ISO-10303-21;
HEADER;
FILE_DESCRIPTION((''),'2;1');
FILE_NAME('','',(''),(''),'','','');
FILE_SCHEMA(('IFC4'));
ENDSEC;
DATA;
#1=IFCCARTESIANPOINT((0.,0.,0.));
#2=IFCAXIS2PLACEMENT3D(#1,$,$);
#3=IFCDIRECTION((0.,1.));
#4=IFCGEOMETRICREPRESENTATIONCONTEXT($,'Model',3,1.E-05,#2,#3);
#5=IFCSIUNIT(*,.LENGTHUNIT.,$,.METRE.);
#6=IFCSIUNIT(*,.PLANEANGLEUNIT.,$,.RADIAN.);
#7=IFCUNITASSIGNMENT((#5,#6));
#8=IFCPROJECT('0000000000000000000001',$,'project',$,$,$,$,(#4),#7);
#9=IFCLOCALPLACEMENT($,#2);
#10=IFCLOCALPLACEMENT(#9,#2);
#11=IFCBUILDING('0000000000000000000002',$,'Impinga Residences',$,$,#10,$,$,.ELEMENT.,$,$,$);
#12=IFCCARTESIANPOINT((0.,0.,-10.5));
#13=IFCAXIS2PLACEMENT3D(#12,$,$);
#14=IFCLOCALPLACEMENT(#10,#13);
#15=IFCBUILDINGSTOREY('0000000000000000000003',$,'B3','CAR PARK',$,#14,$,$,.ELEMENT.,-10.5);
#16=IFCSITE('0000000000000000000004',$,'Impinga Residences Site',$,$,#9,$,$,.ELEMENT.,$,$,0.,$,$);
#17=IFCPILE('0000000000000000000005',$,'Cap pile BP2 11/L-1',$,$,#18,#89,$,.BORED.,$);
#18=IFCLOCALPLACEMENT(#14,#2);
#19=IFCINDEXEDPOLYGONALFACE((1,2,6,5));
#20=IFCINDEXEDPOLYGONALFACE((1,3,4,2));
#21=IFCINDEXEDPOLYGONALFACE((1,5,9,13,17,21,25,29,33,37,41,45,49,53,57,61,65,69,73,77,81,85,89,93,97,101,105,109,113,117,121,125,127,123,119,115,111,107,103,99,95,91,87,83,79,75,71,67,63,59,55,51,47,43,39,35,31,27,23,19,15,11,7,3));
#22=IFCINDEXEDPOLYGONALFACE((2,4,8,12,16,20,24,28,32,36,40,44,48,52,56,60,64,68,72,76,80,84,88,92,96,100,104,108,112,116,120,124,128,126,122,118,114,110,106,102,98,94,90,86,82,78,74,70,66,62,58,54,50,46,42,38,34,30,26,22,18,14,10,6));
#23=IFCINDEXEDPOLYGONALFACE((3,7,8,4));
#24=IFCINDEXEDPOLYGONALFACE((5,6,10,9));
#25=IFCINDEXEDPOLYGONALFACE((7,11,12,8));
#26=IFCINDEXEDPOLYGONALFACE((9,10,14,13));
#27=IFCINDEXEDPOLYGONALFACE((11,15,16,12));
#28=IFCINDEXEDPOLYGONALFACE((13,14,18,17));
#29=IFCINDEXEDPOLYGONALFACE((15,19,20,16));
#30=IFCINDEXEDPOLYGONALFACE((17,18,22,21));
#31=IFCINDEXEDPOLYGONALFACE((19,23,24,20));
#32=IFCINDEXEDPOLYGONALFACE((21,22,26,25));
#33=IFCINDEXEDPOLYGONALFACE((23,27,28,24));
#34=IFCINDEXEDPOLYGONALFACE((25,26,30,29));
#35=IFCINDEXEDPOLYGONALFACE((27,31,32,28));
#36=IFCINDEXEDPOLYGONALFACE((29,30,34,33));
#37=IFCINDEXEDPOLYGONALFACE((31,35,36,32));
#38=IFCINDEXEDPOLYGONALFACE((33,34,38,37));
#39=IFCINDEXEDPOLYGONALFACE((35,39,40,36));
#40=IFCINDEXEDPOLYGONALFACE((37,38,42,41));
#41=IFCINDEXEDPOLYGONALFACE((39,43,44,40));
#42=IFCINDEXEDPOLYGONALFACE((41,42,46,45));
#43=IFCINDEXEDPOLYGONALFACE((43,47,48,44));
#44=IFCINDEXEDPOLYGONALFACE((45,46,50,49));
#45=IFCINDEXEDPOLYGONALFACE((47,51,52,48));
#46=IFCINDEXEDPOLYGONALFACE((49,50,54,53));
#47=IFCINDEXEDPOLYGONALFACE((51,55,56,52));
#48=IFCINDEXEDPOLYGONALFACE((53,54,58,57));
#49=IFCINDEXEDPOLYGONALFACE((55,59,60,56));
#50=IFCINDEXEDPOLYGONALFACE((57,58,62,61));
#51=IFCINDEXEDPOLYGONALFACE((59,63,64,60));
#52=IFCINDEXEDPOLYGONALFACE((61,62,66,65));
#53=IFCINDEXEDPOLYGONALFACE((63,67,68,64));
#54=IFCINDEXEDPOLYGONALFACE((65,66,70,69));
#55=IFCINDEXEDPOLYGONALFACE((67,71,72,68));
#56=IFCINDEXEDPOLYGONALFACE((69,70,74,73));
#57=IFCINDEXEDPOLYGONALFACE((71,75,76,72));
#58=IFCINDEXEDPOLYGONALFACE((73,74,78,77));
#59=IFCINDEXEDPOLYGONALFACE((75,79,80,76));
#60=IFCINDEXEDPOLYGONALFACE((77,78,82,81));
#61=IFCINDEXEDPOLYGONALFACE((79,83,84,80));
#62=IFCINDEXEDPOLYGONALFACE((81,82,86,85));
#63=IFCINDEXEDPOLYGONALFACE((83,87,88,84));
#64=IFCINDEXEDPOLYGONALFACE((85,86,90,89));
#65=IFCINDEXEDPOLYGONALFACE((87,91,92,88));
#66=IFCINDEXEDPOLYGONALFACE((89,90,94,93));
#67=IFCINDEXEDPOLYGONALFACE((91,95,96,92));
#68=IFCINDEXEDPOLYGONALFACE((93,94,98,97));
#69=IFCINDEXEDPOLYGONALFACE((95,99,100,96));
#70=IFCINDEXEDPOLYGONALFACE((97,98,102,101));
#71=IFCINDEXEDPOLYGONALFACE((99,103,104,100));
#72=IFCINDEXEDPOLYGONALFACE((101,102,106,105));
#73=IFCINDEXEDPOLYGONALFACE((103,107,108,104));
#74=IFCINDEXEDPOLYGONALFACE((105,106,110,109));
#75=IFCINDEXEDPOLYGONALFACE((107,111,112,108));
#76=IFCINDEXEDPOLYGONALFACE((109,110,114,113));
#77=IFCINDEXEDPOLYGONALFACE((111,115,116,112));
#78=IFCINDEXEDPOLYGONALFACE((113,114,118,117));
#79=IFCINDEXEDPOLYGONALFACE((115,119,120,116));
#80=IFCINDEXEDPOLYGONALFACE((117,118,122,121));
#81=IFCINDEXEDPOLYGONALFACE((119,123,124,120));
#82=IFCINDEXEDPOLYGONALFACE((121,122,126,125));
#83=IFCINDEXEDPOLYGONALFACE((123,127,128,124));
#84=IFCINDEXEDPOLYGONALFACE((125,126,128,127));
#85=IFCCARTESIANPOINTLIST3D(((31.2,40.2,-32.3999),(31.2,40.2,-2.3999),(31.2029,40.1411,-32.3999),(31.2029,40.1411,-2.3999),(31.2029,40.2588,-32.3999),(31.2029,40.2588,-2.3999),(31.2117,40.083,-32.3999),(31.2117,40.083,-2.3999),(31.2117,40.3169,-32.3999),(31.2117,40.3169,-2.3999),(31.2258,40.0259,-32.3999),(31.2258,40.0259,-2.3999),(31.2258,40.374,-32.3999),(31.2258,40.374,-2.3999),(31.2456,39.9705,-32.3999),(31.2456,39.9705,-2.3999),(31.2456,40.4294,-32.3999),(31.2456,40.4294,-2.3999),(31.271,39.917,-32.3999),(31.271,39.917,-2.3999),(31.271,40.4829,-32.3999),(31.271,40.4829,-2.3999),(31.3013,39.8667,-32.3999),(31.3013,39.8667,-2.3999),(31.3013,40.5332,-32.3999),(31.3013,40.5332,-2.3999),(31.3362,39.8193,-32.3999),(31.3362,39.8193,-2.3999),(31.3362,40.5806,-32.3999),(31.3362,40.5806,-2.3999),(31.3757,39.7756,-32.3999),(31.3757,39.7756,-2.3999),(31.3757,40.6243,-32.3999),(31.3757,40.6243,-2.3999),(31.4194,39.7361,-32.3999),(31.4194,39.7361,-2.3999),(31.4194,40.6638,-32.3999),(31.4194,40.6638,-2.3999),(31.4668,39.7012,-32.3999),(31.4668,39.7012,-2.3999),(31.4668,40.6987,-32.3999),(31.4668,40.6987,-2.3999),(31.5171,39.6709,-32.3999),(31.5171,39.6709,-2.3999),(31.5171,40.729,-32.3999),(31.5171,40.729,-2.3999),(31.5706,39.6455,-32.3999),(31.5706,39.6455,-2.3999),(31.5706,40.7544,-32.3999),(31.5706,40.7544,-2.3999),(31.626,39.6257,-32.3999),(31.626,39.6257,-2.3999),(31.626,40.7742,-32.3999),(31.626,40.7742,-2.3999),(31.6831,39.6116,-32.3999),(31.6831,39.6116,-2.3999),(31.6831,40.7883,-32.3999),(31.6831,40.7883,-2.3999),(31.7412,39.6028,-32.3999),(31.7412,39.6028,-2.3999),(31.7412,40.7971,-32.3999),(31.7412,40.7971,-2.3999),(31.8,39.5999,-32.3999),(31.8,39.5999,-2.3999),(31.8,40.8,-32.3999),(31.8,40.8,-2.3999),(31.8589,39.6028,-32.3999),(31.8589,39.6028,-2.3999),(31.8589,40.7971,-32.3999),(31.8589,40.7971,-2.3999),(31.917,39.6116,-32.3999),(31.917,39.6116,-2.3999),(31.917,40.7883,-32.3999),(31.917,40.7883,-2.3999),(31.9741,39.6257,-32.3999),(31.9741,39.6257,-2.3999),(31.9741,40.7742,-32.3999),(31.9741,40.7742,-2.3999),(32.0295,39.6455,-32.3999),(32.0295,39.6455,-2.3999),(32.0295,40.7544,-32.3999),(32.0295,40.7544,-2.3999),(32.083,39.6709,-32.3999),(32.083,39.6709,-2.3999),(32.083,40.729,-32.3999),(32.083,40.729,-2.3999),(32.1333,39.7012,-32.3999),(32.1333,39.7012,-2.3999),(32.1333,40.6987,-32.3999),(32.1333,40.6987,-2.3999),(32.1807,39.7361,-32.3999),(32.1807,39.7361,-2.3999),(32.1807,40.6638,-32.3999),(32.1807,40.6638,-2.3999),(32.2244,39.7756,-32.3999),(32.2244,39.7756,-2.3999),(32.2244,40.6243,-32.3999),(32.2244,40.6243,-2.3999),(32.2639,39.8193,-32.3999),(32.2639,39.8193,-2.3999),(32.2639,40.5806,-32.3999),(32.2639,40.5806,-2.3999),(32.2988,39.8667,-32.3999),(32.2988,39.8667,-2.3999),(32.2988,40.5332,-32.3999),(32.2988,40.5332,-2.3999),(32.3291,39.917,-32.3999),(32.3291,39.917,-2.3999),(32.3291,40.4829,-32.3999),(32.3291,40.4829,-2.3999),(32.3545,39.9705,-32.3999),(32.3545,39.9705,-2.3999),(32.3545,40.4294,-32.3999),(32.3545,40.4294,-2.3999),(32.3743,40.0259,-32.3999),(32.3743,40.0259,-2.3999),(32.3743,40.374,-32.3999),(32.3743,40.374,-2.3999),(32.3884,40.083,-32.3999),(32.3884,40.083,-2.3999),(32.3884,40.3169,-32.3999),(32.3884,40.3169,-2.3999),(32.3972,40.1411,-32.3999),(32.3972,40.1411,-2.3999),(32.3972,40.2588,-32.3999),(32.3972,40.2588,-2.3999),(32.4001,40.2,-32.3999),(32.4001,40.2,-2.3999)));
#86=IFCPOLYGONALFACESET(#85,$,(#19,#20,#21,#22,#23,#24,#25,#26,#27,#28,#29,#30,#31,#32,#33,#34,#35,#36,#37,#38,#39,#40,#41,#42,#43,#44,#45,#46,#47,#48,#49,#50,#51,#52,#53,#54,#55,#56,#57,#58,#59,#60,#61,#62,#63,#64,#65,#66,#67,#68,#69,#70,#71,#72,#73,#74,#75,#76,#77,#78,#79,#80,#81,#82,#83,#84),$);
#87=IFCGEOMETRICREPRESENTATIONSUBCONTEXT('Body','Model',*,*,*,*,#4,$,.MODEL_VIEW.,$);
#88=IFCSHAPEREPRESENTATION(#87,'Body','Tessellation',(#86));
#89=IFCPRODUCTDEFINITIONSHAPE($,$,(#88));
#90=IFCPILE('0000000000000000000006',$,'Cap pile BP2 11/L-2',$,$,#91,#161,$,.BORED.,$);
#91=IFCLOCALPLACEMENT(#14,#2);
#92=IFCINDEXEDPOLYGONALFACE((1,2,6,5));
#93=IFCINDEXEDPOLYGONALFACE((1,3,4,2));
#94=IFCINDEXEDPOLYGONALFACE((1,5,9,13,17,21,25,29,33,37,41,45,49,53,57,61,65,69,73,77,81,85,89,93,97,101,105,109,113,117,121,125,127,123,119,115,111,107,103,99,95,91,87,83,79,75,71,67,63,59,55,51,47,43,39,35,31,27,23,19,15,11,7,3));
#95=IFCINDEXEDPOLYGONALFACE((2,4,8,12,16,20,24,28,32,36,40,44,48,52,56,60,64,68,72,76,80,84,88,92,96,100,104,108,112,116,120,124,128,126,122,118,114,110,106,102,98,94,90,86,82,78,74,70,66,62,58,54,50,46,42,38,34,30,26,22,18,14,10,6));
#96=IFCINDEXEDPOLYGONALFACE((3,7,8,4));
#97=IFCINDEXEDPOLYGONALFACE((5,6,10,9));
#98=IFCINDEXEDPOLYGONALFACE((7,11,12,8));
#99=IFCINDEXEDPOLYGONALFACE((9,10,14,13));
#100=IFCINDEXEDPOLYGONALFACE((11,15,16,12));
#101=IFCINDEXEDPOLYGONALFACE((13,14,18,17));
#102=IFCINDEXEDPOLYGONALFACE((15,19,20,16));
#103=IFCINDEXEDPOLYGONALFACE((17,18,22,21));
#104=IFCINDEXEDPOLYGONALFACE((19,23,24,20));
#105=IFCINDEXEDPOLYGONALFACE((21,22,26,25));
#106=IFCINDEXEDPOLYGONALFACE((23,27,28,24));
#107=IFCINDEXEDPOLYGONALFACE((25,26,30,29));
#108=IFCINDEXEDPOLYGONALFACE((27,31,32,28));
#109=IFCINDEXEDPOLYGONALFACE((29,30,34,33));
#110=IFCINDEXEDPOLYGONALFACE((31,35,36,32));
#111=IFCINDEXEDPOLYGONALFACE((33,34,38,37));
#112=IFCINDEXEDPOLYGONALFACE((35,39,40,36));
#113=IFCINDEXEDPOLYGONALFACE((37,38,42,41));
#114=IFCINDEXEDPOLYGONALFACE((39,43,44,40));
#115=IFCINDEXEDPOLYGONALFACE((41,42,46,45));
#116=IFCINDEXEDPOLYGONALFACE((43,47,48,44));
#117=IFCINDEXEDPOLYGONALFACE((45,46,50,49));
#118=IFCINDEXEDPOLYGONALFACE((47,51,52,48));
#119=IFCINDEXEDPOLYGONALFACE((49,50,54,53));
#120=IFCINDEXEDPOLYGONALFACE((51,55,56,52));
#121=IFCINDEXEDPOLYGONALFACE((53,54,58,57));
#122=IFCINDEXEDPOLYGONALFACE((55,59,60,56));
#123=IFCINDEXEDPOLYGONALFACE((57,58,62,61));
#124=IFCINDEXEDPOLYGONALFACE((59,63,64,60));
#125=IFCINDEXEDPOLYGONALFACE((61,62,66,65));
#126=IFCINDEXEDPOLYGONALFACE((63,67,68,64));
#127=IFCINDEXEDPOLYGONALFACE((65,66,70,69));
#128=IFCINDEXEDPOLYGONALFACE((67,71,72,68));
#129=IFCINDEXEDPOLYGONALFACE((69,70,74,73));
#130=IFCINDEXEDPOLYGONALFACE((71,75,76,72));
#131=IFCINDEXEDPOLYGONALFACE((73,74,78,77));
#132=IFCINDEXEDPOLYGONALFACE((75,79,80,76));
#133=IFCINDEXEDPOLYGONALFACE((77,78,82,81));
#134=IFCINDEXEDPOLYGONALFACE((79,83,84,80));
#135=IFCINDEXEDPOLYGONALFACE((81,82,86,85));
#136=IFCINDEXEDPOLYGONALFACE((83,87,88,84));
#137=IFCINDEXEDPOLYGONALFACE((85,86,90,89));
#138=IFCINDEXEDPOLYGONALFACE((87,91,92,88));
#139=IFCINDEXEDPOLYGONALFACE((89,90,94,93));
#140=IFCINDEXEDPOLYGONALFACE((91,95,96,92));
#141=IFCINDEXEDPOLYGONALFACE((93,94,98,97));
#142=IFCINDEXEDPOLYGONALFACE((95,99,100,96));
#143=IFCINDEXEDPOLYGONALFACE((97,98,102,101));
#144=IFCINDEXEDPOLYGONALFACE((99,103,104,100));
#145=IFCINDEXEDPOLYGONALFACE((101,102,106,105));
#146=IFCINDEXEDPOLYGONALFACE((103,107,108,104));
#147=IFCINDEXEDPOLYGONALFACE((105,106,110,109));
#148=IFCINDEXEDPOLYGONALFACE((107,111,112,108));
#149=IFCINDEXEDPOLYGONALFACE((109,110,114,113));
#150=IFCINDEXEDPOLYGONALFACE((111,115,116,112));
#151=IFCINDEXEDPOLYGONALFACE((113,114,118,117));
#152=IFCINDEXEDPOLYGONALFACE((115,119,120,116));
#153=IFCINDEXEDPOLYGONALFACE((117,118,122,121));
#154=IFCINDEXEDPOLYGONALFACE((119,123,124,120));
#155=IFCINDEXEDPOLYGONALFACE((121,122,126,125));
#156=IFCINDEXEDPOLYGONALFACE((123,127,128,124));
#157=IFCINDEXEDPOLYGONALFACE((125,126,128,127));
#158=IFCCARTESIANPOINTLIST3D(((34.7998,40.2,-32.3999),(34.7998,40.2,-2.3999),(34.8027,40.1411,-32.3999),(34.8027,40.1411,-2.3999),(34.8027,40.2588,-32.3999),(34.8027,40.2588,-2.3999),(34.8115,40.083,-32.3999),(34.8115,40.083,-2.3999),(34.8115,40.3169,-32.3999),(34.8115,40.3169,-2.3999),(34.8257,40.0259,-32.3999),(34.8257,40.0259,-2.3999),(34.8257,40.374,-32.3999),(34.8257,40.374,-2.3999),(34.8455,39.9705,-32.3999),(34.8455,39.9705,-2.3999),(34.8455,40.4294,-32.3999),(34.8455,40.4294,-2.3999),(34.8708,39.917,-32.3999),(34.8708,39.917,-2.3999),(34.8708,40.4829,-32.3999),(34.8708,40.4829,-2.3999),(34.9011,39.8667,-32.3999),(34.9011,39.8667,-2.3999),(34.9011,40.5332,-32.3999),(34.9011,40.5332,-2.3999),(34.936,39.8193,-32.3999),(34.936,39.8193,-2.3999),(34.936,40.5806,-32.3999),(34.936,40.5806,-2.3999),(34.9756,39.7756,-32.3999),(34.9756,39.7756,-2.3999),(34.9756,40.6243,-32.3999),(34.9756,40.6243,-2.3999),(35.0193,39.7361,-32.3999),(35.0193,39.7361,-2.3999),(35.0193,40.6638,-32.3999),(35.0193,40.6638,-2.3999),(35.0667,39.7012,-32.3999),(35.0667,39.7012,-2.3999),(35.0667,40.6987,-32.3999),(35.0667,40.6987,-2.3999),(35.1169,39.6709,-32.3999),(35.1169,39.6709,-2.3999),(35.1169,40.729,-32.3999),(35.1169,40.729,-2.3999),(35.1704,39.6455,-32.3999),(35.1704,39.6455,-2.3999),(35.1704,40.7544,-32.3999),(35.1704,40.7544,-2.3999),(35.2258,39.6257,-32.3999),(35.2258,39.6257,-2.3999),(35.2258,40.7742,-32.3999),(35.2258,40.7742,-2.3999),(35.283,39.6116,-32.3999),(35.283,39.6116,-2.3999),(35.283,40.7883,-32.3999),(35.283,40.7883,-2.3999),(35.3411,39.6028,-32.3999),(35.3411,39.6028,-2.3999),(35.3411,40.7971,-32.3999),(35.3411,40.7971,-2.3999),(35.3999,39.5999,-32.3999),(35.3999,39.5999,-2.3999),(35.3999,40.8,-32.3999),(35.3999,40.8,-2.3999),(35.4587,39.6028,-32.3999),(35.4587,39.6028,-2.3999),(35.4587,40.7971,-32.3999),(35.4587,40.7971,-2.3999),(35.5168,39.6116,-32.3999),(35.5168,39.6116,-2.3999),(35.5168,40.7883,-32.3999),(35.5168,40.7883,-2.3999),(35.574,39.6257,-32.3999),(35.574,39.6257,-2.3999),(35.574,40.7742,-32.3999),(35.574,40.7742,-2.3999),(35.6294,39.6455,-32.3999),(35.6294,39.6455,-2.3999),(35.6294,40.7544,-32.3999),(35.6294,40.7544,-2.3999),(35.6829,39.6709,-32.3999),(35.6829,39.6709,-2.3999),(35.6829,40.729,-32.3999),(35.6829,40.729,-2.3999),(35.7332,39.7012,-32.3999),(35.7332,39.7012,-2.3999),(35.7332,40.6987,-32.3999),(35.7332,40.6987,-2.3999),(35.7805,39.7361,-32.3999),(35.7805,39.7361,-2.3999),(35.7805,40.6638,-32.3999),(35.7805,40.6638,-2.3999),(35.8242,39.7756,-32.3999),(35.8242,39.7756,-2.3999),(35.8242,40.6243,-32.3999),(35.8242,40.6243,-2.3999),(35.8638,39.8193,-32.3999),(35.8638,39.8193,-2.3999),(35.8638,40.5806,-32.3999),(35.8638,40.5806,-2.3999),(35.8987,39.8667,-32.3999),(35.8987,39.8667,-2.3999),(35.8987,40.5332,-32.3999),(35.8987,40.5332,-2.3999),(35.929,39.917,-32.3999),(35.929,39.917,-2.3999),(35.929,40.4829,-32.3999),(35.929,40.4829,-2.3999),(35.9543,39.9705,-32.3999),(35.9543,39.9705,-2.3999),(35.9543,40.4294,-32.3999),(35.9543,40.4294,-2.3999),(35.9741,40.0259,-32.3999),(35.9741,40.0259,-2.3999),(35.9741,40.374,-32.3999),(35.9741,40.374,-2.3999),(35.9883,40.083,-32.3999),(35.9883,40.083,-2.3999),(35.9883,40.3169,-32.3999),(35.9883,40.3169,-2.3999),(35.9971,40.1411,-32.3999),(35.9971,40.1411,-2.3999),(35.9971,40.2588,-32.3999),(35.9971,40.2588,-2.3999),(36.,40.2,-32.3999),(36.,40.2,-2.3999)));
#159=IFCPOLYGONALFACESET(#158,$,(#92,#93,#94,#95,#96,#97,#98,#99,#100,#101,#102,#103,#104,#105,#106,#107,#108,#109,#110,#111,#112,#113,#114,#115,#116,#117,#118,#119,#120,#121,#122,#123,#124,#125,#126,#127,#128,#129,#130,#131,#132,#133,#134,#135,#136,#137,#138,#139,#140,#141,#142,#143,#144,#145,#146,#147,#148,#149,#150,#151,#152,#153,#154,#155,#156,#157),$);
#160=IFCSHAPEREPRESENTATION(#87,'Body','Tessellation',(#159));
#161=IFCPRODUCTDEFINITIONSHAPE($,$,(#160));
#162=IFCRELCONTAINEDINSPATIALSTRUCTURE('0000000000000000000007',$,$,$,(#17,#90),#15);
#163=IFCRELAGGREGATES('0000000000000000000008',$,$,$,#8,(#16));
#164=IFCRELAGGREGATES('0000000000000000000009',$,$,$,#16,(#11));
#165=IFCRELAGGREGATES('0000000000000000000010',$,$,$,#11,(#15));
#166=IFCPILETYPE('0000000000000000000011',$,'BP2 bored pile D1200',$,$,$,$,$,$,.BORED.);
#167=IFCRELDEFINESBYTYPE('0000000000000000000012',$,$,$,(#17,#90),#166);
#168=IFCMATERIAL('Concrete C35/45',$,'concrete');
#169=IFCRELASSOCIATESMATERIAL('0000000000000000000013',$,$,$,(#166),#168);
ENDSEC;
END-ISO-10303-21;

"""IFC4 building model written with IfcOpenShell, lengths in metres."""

from ifc_helpers import new_model, si_unit, direction, frame, origin, origin_2d, place, context, subcontext, project, spatial, polyline, circle, outline, extrude, material, material_profile, profile_set, type_object, element, save


model = new_model("IFC4")

# Units and contexts
model_context = context("Model", 3, precision=1e-05, world=origin(), true_north=direction((0.0, 1.0)))
body_context = subcontext(model_context, "Body", "Model", "MODEL_VIEW")
ifc_project = project(units=[si_unit("LENGTHUNIT", "METRE"), si_unit("PLANEANGLEUNIT", "RADIAN")], contexts=[model_context])

# Site, building, storey
site_placement = place(None, origin())
site = spatial("IfcSite", under=ifc_project, at=site_placement, Name="Impinga Residences Site", CompositionType="ELEMENT", RefElevation=0.0)
building_placement = place(site_placement, origin())
building = spatial("IfcBuilding", under=site, at=building_placement, Name="Impinga Residences", CompositionType="ELEMENT")
storey_placement = place(building_placement, frame((0.0, 0.0, -10.5)))
storey = spatial("IfcBuildingStorey", under=building, at=storey_placement, Name="B3", Description="CAR PARK", CompositionType="ELEMENT", Elevation=-10.5)

# Piles
ifc_material_1 = material(Name="Concrete C35/45", Category="concrete")
ifc_material_profile_1 = material_profile(ifc_material_1, circle(Radius=0.6001, at=origin_2d()), Name="D1200")
ifc_profile_set_1 = profile_set([ifc_material_profile_1], Name="Concrete C35/45")
pile_type = type_object("IfcPileType", Name="BP2 bored pile D1200", PredefinedType="BORED", material=ifc_profile_set_1)
pile_1_placement = place(storey_placement, frame((31.8, 40.2, -2.3999), z_axis=(0.0, 0.0, -1.0), x_axis=(1.0, 0.0, 0.0)))
element("IfcPile", 1, at=pile_1_placement, inside=storey, type_object=pile_type, Name="Cap pile BP2 11/L-1", PredefinedType="BORED", context=body_context, shape_type="SweptSolid", body=[
    extrude(outline(polyline([(0.6001, 0.0), (0.5972, 0.0588), (0.5884, 0.1169), (0.5742, 0.1741), (0.5544, 0.2295), (0.5291, 0.283), (0.4988, 0.3333), (0.4639, 0.3806), (0.4243, 0.4243), (0.3806, 0.4639), (0.3333, 0.4988), (0.283, 0.5291), (0.2295, 0.5544), (0.1741, 0.5742), (0.1169, 0.5884), (0.0588, 0.5972), (0.0, 0.6001), (-0.0588, 0.5972), (-0.1169, 0.5884), (-0.1741, 0.5742), (-0.2295, 0.5544), (-0.283, 0.5291), (-0.3333, 0.4988), (-0.3806, 0.4639), (-0.4243, 0.4243), (-0.4639, 0.3806), (-0.4988, 0.3333), (-0.5291, 0.283), (-0.5544, 0.2295), (-0.5742, 0.1741), (-0.5884, 0.1169), (-0.5972, 0.0588), (-0.6001, 0.0), (-0.5972, -0.0588), (-0.5884, -0.1169), (-0.5742, -0.1741), (-0.5544, -0.2295), (-0.5291, -0.283), (-0.4988, -0.3333), (-0.4639, -0.3806), (-0.4243, -0.4243), (-0.3806, -0.4639), (-0.3333, -0.4988), (-0.283, -0.5291), (-0.2295, -0.5544), (-0.1741, -0.5742), (-0.1169, -0.5884), (-0.0588, -0.5972), (0.0, -0.6001), (0.0588, -0.5972), (0.1169, -0.5884), (0.1741, -0.5742), (0.2295, -0.5544), (0.283, -0.5291), (0.3333, -0.4988), (0.3806, -0.4639), (0.4243, -0.4243), (0.4639, -0.3806), (0.4988, -0.3333), (0.5291, -0.283), (0.5544, -0.2295), (0.5742, -0.1741), (0.5884, -0.1169), (0.5972, -0.0588), (0.6001, 0.0)])), origin(), (0.0, 0.0, 1.0), 30.0),
])
pile_2_placement = place(storey_placement, frame((35.3999, 40.2, -2.3999), z_axis=(0.0, 0.0, -1.0), x_axis=(1.0, 0.0, 0.0)))
element("IfcPile", 2, at=pile_2_placement, inside=storey, type_object=pile_type, Name="Cap pile BP2 11/L-2", PredefinedType="BORED", context=body_context, shape_type="SweptSolid", body=[
    extrude(outline(polyline([(0.6001, 0.0), (0.5972, 0.0588), (0.5884, 0.1169), (0.5742, 0.1741), (0.5544, 0.2295), (0.5291, 0.283), (0.4988, 0.3333), (0.4639, 0.3806), (0.4243, 0.4243), (0.3806, 0.4639), (0.3333, 0.4988), (0.283, 0.5291), (0.2295, 0.5544), (0.1741, 0.5742), (0.1169, 0.5884), (0.0588, 0.5972), (0.0, 0.6001), (-0.0588, 0.5972), (-0.1169, 0.5884), (-0.1741, 0.5742), (-0.2295, 0.5544), (-0.283, 0.5291), (-0.3333, 0.4988), (-0.3806, 0.4639), (-0.4243, 0.4243), (-0.4639, 0.3806), (-0.4988, 0.3333), (-0.5291, 0.283), (-0.5544, 0.2295), (-0.5742, 0.1741), (-0.5884, 0.1169), (-0.5972, 0.0588), (-0.6001, 0.0), (-0.5972, -0.0588), (-0.5884, -0.1169), (-0.5742, -0.1741), (-0.5544, -0.2295), (-0.5291, -0.283), (-0.4988, -0.3333), (-0.4639, -0.3806), (-0.4243, -0.4243), (-0.3806, -0.4639), (-0.3333, -0.4988), (-0.283, -0.5291), (-0.2295, -0.5544), (-0.1741, -0.5742), (-0.1169, -0.5884), (-0.0588, -0.5972), (0.0, -0.6001), (0.0588, -0.5972), (0.1169, -0.5884), (0.1741, -0.5742), (0.2295, -0.5544), (0.283, -0.5291), (0.3333, -0.4988), (0.3806, -0.4639), (0.4243, -0.4243), (0.4639, -0.3806), (0.4988, -0.3333), (0.5291, -0.283), (0.5544, -0.2295), (0.5742, -0.1741), (0.5884, -0.1169), (0.5972, -0.0588), (0.6001, 0.0)])), origin(), (0.0, 0.0, 1.0), 30.0),
])

save(model, "model.ifc")
